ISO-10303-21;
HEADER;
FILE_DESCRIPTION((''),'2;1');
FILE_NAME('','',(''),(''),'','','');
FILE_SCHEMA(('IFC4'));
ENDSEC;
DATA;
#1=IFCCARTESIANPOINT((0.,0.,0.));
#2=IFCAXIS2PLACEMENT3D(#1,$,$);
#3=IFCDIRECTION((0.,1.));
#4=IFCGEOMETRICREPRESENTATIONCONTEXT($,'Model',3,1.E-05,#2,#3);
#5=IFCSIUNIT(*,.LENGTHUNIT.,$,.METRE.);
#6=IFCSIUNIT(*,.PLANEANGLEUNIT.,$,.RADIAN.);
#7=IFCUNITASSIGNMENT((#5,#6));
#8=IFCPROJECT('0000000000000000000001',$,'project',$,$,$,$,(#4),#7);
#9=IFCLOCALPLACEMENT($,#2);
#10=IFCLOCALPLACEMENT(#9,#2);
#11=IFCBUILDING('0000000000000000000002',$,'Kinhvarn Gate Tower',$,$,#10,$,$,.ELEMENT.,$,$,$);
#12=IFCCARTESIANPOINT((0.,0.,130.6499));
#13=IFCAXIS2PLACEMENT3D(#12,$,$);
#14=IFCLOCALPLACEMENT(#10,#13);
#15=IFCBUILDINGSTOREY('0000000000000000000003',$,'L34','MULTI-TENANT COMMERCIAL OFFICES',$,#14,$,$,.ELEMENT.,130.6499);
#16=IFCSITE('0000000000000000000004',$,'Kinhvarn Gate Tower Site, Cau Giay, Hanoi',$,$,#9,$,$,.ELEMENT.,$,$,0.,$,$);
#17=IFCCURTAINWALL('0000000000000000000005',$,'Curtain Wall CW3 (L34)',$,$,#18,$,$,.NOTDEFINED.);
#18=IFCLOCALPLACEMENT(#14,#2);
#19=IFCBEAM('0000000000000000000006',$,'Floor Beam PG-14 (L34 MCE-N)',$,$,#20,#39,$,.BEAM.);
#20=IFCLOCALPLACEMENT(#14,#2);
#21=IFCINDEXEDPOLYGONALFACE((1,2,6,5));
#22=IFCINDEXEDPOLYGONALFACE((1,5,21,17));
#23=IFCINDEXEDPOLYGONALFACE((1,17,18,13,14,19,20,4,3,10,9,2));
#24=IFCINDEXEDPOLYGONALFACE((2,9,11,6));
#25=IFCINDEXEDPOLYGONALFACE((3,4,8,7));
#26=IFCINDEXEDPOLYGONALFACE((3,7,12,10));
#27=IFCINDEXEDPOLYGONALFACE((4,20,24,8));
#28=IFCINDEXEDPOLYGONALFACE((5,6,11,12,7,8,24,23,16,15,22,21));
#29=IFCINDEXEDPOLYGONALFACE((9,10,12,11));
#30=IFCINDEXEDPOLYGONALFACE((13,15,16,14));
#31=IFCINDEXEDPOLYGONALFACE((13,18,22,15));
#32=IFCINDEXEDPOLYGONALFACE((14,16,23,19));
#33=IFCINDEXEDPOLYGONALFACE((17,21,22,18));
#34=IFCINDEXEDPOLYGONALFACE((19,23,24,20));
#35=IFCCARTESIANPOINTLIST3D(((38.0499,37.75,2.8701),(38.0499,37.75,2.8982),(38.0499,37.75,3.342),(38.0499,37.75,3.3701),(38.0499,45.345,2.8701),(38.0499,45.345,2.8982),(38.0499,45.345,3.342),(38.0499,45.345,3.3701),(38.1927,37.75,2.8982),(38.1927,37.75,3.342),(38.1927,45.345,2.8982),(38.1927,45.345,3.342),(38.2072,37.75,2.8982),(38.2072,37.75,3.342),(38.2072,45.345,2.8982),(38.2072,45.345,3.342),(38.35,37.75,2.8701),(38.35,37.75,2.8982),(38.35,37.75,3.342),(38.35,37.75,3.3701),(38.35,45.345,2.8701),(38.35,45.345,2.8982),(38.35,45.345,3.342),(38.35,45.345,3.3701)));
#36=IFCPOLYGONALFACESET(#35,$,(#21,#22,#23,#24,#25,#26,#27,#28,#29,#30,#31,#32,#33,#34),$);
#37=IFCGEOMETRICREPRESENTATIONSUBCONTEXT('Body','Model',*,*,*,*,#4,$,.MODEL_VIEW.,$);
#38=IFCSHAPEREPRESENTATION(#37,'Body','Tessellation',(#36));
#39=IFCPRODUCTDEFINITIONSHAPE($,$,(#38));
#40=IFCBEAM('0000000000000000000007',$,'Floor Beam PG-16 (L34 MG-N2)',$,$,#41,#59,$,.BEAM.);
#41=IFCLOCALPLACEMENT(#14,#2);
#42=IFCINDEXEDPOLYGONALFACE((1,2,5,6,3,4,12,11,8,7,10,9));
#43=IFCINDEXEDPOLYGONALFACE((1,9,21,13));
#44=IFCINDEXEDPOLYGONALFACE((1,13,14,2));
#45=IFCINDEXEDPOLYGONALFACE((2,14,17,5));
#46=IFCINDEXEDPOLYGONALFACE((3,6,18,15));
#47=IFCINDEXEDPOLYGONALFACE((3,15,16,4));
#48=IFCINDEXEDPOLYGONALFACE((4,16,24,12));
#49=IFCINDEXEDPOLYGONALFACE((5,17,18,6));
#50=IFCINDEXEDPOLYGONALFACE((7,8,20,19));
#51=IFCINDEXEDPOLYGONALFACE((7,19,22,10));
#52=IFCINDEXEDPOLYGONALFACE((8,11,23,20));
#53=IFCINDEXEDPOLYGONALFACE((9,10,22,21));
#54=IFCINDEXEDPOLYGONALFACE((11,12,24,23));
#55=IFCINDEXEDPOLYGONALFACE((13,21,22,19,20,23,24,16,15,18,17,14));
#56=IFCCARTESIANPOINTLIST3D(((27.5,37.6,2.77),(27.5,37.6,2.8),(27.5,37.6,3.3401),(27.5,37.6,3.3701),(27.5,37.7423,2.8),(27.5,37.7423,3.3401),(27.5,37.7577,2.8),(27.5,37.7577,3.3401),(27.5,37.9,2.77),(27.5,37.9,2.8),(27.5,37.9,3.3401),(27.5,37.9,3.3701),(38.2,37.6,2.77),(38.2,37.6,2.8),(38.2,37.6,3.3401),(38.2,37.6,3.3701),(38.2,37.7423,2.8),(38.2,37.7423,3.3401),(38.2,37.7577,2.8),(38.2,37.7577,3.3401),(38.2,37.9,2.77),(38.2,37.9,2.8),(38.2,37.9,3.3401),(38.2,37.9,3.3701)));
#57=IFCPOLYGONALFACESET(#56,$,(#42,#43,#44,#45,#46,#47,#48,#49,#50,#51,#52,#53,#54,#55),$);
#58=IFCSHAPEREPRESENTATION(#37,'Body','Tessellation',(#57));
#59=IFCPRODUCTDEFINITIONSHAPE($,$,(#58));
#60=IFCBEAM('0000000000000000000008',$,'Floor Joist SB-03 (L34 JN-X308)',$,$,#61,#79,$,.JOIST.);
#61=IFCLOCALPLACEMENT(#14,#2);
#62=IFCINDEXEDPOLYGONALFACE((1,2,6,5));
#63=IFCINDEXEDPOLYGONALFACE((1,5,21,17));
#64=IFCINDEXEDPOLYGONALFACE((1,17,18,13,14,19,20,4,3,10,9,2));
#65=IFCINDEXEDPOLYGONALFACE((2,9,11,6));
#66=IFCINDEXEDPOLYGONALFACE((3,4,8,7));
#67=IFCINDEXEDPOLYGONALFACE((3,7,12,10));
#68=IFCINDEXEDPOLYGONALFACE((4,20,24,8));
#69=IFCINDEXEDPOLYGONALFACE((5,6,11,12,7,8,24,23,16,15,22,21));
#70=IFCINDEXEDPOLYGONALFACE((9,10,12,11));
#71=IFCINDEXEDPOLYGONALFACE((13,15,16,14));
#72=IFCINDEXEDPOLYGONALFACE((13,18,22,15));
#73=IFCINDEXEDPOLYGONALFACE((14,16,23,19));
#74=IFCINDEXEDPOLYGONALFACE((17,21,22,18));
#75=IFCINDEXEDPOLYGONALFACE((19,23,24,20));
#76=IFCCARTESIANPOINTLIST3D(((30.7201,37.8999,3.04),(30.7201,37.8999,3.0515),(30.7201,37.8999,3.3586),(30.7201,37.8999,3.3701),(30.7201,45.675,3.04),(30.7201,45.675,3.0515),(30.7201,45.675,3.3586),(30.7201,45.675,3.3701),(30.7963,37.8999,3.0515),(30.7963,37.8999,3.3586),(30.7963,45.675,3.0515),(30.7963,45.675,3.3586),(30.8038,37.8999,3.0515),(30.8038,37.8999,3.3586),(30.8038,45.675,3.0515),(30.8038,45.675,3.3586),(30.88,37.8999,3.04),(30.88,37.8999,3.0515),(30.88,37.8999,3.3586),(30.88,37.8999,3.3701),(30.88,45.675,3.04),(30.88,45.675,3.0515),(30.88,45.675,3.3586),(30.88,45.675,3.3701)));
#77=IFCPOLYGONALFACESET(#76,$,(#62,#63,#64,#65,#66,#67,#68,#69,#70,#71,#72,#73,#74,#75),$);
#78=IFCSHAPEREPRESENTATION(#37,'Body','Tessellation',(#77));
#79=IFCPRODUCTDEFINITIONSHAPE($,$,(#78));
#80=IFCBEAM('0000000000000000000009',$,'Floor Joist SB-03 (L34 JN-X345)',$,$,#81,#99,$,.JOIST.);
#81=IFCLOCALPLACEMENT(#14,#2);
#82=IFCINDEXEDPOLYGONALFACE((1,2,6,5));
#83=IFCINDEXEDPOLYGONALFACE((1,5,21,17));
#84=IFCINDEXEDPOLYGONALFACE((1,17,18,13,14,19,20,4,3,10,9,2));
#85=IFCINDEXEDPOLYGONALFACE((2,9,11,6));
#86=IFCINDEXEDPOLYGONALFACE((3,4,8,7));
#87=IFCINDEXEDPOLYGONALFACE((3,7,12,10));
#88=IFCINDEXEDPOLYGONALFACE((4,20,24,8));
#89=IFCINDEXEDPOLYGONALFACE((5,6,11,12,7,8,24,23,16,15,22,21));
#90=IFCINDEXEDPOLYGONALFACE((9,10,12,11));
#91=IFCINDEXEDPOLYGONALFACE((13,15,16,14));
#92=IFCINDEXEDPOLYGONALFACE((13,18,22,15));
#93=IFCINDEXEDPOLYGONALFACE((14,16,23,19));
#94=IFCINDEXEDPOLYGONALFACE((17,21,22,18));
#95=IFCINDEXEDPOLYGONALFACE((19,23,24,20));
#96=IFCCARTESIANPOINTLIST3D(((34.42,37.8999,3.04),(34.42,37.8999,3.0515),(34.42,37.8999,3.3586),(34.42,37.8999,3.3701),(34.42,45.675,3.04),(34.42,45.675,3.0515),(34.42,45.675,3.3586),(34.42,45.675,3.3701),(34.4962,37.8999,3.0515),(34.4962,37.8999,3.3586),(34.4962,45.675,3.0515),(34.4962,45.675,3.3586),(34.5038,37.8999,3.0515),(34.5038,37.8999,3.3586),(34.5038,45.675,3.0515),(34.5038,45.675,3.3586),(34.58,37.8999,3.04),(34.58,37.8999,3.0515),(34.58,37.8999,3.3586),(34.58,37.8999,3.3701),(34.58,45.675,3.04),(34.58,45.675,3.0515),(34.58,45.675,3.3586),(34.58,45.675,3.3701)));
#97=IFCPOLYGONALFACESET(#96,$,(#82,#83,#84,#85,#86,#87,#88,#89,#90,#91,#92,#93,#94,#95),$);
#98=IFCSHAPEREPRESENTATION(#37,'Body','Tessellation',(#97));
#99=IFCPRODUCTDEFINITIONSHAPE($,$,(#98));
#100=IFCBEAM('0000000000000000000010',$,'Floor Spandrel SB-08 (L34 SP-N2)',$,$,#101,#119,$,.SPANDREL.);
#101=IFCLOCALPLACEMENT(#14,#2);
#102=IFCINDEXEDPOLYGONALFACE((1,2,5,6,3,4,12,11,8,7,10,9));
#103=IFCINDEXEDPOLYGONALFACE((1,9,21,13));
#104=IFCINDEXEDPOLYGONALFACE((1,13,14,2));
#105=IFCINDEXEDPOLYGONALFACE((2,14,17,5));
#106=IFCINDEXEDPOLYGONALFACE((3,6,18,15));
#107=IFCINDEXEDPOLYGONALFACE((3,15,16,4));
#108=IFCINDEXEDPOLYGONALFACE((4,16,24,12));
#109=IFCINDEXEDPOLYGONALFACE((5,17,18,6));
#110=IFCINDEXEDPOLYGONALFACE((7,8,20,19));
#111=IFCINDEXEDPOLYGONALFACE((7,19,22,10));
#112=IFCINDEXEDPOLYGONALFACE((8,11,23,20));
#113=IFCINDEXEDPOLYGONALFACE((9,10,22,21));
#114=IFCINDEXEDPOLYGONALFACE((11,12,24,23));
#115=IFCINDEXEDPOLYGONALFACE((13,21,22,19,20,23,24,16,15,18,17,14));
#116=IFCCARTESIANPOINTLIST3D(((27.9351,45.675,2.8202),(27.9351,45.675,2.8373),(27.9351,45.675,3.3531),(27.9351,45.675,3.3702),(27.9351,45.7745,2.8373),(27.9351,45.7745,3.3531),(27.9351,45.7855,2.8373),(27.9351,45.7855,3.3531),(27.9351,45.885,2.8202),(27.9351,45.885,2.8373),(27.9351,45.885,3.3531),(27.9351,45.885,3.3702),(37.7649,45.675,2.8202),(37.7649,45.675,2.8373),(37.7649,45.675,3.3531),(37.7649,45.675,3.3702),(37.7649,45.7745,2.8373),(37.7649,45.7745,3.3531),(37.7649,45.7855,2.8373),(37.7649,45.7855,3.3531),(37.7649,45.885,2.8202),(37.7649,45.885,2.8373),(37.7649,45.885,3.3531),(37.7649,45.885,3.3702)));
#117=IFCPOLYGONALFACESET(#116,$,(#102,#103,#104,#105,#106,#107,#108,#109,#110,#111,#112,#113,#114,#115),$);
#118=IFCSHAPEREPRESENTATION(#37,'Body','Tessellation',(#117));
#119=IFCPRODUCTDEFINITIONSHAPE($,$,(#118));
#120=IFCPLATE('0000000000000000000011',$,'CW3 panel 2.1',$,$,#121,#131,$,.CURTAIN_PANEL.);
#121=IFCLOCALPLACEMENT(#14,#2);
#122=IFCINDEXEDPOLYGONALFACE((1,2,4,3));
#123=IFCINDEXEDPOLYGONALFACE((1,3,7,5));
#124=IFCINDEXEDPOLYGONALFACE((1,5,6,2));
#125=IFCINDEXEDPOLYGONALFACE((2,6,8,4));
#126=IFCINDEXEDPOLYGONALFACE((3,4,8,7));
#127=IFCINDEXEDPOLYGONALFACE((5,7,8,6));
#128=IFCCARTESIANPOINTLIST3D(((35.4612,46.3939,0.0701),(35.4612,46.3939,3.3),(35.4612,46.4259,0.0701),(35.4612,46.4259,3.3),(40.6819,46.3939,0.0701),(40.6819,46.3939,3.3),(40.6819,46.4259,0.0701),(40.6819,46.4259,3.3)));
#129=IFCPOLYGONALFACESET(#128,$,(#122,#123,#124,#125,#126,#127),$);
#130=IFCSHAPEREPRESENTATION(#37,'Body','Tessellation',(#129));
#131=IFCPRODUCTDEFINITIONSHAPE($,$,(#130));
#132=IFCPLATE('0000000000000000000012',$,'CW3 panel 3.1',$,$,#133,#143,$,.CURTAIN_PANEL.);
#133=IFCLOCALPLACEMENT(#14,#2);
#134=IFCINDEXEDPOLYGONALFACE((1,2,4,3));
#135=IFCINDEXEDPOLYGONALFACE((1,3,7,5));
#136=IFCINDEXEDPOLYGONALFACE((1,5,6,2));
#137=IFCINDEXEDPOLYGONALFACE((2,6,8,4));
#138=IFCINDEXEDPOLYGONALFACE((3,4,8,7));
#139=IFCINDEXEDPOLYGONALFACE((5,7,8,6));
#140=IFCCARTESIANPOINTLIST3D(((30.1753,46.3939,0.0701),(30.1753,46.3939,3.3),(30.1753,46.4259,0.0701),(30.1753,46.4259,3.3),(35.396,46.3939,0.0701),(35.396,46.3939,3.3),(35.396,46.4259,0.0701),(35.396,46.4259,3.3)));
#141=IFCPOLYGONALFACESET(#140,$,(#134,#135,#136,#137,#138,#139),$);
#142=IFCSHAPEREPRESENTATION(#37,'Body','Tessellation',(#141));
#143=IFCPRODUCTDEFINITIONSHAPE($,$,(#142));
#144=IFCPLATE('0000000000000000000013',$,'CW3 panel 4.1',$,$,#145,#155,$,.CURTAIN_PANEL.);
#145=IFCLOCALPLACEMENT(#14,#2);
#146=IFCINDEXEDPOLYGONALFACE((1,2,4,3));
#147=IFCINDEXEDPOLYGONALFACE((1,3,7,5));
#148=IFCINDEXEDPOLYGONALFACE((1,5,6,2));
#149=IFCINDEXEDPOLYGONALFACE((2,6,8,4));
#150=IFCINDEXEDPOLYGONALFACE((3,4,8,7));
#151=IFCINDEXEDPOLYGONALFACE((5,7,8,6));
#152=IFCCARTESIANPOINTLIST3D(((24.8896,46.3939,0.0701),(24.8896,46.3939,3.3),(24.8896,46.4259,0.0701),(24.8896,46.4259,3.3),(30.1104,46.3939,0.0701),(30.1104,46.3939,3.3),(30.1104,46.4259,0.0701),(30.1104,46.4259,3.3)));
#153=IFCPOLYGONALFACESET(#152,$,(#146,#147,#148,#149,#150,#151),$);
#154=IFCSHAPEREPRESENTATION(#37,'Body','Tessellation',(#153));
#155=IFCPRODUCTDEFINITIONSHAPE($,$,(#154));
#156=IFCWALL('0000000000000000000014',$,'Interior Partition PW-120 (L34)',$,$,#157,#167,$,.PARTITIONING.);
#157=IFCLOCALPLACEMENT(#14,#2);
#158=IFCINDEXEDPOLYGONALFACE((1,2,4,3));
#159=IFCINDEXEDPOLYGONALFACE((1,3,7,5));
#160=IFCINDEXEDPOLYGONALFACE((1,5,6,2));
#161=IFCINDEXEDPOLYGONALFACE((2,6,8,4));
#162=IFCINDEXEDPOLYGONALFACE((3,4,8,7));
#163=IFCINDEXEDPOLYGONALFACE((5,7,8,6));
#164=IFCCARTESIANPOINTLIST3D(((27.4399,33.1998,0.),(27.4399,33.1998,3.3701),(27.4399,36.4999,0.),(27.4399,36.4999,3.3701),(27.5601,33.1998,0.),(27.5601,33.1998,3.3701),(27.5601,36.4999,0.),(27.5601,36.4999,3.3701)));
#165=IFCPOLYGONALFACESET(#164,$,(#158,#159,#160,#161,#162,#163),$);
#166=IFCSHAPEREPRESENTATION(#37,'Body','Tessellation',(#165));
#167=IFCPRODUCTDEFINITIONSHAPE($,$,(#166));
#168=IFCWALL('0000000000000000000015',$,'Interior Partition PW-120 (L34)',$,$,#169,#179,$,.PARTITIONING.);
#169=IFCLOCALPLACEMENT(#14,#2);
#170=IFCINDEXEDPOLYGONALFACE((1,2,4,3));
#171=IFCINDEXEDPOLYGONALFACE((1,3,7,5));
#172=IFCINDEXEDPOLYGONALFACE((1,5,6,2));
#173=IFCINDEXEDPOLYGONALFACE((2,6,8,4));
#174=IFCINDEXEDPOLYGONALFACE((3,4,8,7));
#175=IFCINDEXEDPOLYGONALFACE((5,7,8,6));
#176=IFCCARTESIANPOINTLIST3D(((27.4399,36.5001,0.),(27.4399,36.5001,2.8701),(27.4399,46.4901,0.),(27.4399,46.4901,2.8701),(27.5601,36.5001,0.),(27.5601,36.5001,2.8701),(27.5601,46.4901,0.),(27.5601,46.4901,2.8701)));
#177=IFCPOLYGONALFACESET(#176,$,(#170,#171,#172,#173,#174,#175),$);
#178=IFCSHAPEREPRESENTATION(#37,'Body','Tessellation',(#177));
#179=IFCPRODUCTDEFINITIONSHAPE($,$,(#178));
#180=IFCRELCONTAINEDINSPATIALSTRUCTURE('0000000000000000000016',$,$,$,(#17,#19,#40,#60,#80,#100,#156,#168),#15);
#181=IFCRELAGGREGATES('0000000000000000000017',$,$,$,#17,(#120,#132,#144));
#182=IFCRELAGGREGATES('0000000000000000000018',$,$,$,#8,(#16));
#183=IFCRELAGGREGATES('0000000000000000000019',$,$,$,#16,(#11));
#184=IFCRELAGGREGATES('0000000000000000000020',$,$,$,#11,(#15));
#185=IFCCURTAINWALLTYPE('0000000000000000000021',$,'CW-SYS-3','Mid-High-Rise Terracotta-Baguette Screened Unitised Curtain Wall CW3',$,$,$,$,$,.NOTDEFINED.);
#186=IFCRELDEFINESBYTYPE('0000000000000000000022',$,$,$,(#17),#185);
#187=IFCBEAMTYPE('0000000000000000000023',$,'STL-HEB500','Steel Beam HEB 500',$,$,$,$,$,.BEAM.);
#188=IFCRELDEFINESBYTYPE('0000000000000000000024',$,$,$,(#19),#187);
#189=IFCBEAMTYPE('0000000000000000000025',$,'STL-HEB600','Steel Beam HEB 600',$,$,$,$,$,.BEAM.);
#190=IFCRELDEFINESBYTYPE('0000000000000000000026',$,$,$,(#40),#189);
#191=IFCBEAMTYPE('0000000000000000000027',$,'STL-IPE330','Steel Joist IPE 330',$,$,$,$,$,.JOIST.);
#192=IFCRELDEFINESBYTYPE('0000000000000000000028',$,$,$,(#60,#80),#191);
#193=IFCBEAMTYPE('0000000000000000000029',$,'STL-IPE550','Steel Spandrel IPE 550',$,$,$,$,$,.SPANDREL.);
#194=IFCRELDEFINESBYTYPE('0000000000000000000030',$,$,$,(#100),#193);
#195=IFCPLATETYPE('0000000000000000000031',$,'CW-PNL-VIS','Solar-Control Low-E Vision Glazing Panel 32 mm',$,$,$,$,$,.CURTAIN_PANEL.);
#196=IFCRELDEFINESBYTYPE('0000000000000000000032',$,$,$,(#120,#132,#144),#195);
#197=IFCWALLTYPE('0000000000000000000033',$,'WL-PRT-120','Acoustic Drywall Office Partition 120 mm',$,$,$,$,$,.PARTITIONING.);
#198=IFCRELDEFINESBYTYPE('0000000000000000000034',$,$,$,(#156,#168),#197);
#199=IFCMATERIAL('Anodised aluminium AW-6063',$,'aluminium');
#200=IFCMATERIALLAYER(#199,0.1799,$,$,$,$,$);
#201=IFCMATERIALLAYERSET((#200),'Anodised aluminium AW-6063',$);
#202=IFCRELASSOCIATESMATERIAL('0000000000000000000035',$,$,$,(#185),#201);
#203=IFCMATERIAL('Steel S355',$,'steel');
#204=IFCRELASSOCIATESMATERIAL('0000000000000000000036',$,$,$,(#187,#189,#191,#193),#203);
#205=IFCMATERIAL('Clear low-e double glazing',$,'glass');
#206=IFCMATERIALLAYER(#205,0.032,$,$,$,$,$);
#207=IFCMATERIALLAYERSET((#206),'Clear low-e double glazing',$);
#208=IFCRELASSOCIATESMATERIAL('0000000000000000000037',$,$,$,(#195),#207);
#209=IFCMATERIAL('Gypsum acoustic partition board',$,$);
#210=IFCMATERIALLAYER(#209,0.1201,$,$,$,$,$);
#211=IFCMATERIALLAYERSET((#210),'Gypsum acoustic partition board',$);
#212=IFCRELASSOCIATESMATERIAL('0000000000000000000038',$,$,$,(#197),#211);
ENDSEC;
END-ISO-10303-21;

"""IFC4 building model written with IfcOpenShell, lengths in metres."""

from ifc_helpers import new_model, si_unit, direction, frame, frame_2d, origin, origin_2d, place, context, subcontext, project, spatial, rectangle, i_section, extrude, material, layer, layer_set, material_profile, profile_set, type_object, element, aggregate, save


model = new_model("IFC4")

# Units and contexts
model_context = context("Model", 3, precision=1e-05, world=origin(), true_north=direction((0.0, 1.0)))
body_context = subcontext(model_context, "Body", "Model", "MODEL_VIEW")
ifc_project = project(units=[si_unit("LENGTHUNIT", "METRE"), si_unit("PLANEANGLEUNIT", "RADIAN")], contexts=[model_context])

# Site, building, storey
site_placement = place(None, origin())
site = spatial("IfcSite", under=ifc_project, at=site_placement, Name="Kinhvarn Gate Tower Site, Cau Giay, Hanoi", CompositionType="ELEMENT", RefElevation=0.0)
building_placement = place(site_placement, origin())
building = spatial("IfcBuilding", under=site, at=building_placement, Name="Kinhvarn Gate Tower", CompositionType="ELEMENT")
storey_placement = place(building_placement, frame((0.0, 0.0, 130.6499)))
storey = spatial("IfcBuildingStorey", under=building, at=storey_placement, Name="L34", Description="MULTI-TENANT COMMERCIAL OFFICES", CompositionType="ELEMENT", Elevation=130.6499)

# Curtain wall
ifc_material_1 = material(Name="Anodised aluminium AW-6063", Category="aluminium")
ifc_layer_1 = layer(ifc_material_1, 0.1799)
ifc_layer_set_1 = layer_set([ifc_layer_1], Name="Anodised aluminium AW-6063")
curtain_wall_type = type_object("IfcCurtainWallType", Name="CW-SYS-3", Description="Mid-High-Rise Terracotta-Baguette Screened Unitised Curtain Wall CW3", PredefinedType="NOTDEFINED", material=ifc_layer_set_1)
curtain_wall_placement = place(storey_placement, origin())
curtain_wall = element("IfcCurtainWall", 1, at=curtain_wall_placement, inside=storey, type_object=curtain_wall_type, Name="Curtain Wall CW3 (L34)", PredefinedType="NOTDEFINED")

# Beams
ifc_material_2 = material(Name="Steel S355", Category="steel")
ifc_material_profile_1 = material_profile(ifc_material_2, i_section(OverallWidth=0.3, OverallDepth=0.5, WebThickness=0.0144, FlangeThickness=0.0281, at=origin_2d()), Name="HEB 500")
ifc_profile_set_1 = profile_set([ifc_material_profile_1], Name="Steel S355")
beam_type_1 = type_object("IfcBeamType", Name="STL-HEB500", Description="Steel Beam HEB 500", PredefinedType="BEAM", material=ifc_profile_set_1)
for number, where, z_axis, x_axis, name in (
    (2, (38.2, 37.75, 3.1201), (0.0, 1.0, 0.0), (-1.0, 0.0, 0.0), "Floor Beam PG-14 (L34 MCE-N)"),
):
    element("IfcBeam", number, at=place(storey_placement, frame(where, z_axis=z_axis, x_axis=x_axis)), inside=storey, type_object=beam_type_1, Name=name, PredefinedType="BEAM", context=body_context, shape_type="SweptSolid", body=[
        extrude(i_section(OverallWidth=0.3, OverallDepth=0.5, WebThickness=0.0144, FlangeThickness=0.0281, at=origin_2d()), origin(), (0.0, 0.0, 1.0), 7.595),
    ])
ifc_material_profile_2 = material_profile(ifc_material_2, i_section(OverallWidth=0.3, OverallDepth=0.6001, WebThickness=0.0154, FlangeThickness=0.03, at=origin_2d()), Name="HEB 600")
ifc_profile_set_2 = profile_set([ifc_material_profile_2], Name="Steel S355")
beam_type_2 = type_object("IfcBeamType", Name="STL-HEB600", Description="Steel Beam HEB 600", PredefinedType="BEAM", material=ifc_profile_set_2)
beam_1_placement = place(storey_placement, frame((27.5, 37.75, 3.0701), z_axis=(1.0, 0.0, 0.0), x_axis=(0.0, 1.0, 0.0)))
element("IfcBeam", 3, at=beam_1_placement, inside=storey, type_object=beam_type_2, Name="Floor Beam PG-16 (L34 MG-N2)", PredefinedType="BEAM", context=body_context, shape_type="SweptSolid", body=[
    extrude(i_section(OverallWidth=0.3, OverallDepth=0.6001, WebThickness=0.0154, FlangeThickness=0.03, at=origin_2d()), origin(), (0.0, 0.0, 1.0), 10.7),
])
ifc_material_profile_3 = material_profile(ifc_material_2, i_section(OverallWidth=0.1599, OverallDepth=0.3301, WebThickness=0.0076, FlangeThickness=0.0115, at=origin_2d()), Name="IPE 330")
ifc_profile_set_3 = profile_set([ifc_material_profile_3], Name="Steel S355")
beam_type_3 = type_object("IfcBeamType", Name="STL-IPE330", Description="Steel Joist IPE 330", PredefinedType="JOIST", material=ifc_profile_set_3)
for number, where, z_axis, x_axis, name in (
    (4, (30.8, 37.8999, 3.2051), (0.0, 1.0, 0.0), (-1.0, 0.0, 0.0), "Floor Joist SB-03 (L34 JN-X308)"),
    (5, (34.5, 37.8999, 3.2051), (0.0, 1.0, 0.0), (-1.0, 0.0, 0.0), "Floor Joist SB-03 (L34 JN-X345)"),
):
    element("IfcBeam", number, at=place(storey_placement, frame(where, z_axis=z_axis, x_axis=x_axis)), inside=storey, type_object=beam_type_3, Name=name, PredefinedType="JOIST", context=body_context, shape_type="SweptSolid", body=[
        extrude(i_section(OverallWidth=0.1599, OverallDepth=0.3301, WebThickness=0.0076, FlangeThickness=0.0115, at=origin_2d()), origin(), (0.0, 0.0, 1.0), 7.7751),
    ])
ifc_material_profile_4 = material_profile(ifc_material_2, i_section(OverallWidth=0.21, OverallDepth=0.55, WebThickness=0.011, FlangeThickness=0.0171, at=origin_2d()), Name="IPE 550")
ifc_profile_set_4 = profile_set([ifc_material_profile_4], Name="Steel S355")
beam_type_4 = type_object("IfcBeamType", Name="STL-IPE550", Description="Steel Spandrel IPE 550", PredefinedType="SPANDREL", material=ifc_profile_set_4)
beam_2_placement = place(storey_placement, frame((27.9351, 45.78, 3.0952), z_axis=(1.0, 0.0, 0.0), x_axis=(0.0, 1.0, 0.0)))
element("IfcBeam", 6, at=beam_2_placement, inside=storey, type_object=beam_type_4, Name="Floor Spandrel SB-08 (L34 SP-N2)", PredefinedType="SPANDREL", context=body_context, shape_type="SweptSolid", body=[
    extrude(i_section(OverallWidth=0.21, OverallDepth=0.55, WebThickness=0.011, FlangeThickness=0.0171, at=origin_2d()), origin(), (0.0, 0.0, 1.0), 9.8298),
])

# Plates
ifc_material_3 = material(Name="Clear low-e double glazing", Category="glass")
ifc_layer_2 = layer(ifc_material_3, 0.032)
ifc_layer_set_2 = layer_set([ifc_layer_2], Name="Clear low-e double glazing")
plate_type = type_object("IfcPlateType", Name="CW-PNL-VIS", Description="Solar-Control Low-E Vision Glazing Panel 32 mm", PredefinedType="CURTAIN_PANEL", material=ifc_layer_set_2)
plate_1_placement = place(storey_placement, frame((38.0715, 46.4099, 0.0701), z_axis=(0.0, 0.0, 1.0), x_axis=(-1.0, 0.0, 0.0)))
plate_1 = element("IfcPlate", 7, at=plate_1_placement, type_object=plate_type, Name="CW3 panel 2.1", PredefinedType="CURTAIN_PANEL", context=body_context, shape_type="SweptSolid", body=[
    extrude(rectangle(XDim=5.2207, YDim=0.032, at=origin_2d()), origin(), (0.0, 0.0, 1.0), 3.23),
])
plate_2_placement = place(storey_placement, frame((32.7856, 46.4099, 0.0701), z_axis=(0.0, 0.0, 1.0), x_axis=(-1.0, 0.0, 0.0)))
plate_2 = element("IfcPlate", 8, at=plate_2_placement, type_object=plate_type, Name="CW3 panel 3.1", PredefinedType="CURTAIN_PANEL", context=body_context, shape_type="SweptSolid", body=[
    extrude(rectangle(XDim=5.2207, YDim=0.032, at=origin_2d()), origin(), (0.0, 0.0, 1.0), 3.23),
])
plate_3_placement = place(storey_placement, frame((27.5, 46.4099, 0.0701), z_axis=(0.0, 0.0, 1.0), x_axis=(-1.0, 0.0, 0.0)))
plate_3 = element("IfcPlate", 9, at=plate_3_placement, type_object=plate_type, Name="CW3 panel 4.1", PredefinedType="CURTAIN_PANEL", context=body_context, shape_type="SweptSolid", body=[
    extrude(rectangle(XDim=5.2207, YDim=0.032, at=origin_2d()), origin(), (0.0, 0.0, 1.0), 3.23),
])
aggregate(curtain_wall, [plate_1, plate_2, plate_3])

# Walls
ifc_material_4 = material(Name="Gypsum acoustic partition board")
ifc_layer_3 = layer(ifc_material_4, 0.1201)
ifc_layer_set_3 = layer_set([ifc_layer_3], Name="Gypsum acoustic partition board")
wall_type = type_object("IfcWallType", Name="WL-PRT-120", Description="Acoustic Drywall Office Partition 120 mm", PredefinedType="PARTITIONING", material=ifc_layer_set_3)
wall_1_placement = place(storey_placement, frame((27.5, 33.2, 0.0), z_axis=(0.0, 0.0, 1.0), x_axis=(0.0, 1.0, 0.0)))
element("IfcWall", 10, at=wall_1_placement, inside=storey, type_object=wall_type, Name="Interior Partition PW-120 (L34)", PredefinedType="PARTITIONING", context=body_context, shape_type="SweptSolid", body=[
    extrude(rectangle(XDim=3.3, YDim=0.1201, at=frame_2d((1.6499, 0.0))), origin(), (0.0, 0.0, 1.0), 3.3701),
])
wall_2_placement = place(storey_placement, frame((27.5, 36.5, 0.0), z_axis=(0.0, 0.0, 1.0), x_axis=(0.0, 1.0, 0.0)))
element("IfcWall", 11, at=wall_2_placement, inside=storey, type_object=wall_type, Name="Interior Partition PW-120 (L34)", PredefinedType="PARTITIONING", context=body_context, shape_type="SweptSolid", body=[
    extrude(rectangle(XDim=9.99, YDim=0.1201, at=frame_2d((4.9951, 0.0))), origin(), (0.0, 0.0, 1.0), 2.8701),
])

save(model, "model.ifc")
